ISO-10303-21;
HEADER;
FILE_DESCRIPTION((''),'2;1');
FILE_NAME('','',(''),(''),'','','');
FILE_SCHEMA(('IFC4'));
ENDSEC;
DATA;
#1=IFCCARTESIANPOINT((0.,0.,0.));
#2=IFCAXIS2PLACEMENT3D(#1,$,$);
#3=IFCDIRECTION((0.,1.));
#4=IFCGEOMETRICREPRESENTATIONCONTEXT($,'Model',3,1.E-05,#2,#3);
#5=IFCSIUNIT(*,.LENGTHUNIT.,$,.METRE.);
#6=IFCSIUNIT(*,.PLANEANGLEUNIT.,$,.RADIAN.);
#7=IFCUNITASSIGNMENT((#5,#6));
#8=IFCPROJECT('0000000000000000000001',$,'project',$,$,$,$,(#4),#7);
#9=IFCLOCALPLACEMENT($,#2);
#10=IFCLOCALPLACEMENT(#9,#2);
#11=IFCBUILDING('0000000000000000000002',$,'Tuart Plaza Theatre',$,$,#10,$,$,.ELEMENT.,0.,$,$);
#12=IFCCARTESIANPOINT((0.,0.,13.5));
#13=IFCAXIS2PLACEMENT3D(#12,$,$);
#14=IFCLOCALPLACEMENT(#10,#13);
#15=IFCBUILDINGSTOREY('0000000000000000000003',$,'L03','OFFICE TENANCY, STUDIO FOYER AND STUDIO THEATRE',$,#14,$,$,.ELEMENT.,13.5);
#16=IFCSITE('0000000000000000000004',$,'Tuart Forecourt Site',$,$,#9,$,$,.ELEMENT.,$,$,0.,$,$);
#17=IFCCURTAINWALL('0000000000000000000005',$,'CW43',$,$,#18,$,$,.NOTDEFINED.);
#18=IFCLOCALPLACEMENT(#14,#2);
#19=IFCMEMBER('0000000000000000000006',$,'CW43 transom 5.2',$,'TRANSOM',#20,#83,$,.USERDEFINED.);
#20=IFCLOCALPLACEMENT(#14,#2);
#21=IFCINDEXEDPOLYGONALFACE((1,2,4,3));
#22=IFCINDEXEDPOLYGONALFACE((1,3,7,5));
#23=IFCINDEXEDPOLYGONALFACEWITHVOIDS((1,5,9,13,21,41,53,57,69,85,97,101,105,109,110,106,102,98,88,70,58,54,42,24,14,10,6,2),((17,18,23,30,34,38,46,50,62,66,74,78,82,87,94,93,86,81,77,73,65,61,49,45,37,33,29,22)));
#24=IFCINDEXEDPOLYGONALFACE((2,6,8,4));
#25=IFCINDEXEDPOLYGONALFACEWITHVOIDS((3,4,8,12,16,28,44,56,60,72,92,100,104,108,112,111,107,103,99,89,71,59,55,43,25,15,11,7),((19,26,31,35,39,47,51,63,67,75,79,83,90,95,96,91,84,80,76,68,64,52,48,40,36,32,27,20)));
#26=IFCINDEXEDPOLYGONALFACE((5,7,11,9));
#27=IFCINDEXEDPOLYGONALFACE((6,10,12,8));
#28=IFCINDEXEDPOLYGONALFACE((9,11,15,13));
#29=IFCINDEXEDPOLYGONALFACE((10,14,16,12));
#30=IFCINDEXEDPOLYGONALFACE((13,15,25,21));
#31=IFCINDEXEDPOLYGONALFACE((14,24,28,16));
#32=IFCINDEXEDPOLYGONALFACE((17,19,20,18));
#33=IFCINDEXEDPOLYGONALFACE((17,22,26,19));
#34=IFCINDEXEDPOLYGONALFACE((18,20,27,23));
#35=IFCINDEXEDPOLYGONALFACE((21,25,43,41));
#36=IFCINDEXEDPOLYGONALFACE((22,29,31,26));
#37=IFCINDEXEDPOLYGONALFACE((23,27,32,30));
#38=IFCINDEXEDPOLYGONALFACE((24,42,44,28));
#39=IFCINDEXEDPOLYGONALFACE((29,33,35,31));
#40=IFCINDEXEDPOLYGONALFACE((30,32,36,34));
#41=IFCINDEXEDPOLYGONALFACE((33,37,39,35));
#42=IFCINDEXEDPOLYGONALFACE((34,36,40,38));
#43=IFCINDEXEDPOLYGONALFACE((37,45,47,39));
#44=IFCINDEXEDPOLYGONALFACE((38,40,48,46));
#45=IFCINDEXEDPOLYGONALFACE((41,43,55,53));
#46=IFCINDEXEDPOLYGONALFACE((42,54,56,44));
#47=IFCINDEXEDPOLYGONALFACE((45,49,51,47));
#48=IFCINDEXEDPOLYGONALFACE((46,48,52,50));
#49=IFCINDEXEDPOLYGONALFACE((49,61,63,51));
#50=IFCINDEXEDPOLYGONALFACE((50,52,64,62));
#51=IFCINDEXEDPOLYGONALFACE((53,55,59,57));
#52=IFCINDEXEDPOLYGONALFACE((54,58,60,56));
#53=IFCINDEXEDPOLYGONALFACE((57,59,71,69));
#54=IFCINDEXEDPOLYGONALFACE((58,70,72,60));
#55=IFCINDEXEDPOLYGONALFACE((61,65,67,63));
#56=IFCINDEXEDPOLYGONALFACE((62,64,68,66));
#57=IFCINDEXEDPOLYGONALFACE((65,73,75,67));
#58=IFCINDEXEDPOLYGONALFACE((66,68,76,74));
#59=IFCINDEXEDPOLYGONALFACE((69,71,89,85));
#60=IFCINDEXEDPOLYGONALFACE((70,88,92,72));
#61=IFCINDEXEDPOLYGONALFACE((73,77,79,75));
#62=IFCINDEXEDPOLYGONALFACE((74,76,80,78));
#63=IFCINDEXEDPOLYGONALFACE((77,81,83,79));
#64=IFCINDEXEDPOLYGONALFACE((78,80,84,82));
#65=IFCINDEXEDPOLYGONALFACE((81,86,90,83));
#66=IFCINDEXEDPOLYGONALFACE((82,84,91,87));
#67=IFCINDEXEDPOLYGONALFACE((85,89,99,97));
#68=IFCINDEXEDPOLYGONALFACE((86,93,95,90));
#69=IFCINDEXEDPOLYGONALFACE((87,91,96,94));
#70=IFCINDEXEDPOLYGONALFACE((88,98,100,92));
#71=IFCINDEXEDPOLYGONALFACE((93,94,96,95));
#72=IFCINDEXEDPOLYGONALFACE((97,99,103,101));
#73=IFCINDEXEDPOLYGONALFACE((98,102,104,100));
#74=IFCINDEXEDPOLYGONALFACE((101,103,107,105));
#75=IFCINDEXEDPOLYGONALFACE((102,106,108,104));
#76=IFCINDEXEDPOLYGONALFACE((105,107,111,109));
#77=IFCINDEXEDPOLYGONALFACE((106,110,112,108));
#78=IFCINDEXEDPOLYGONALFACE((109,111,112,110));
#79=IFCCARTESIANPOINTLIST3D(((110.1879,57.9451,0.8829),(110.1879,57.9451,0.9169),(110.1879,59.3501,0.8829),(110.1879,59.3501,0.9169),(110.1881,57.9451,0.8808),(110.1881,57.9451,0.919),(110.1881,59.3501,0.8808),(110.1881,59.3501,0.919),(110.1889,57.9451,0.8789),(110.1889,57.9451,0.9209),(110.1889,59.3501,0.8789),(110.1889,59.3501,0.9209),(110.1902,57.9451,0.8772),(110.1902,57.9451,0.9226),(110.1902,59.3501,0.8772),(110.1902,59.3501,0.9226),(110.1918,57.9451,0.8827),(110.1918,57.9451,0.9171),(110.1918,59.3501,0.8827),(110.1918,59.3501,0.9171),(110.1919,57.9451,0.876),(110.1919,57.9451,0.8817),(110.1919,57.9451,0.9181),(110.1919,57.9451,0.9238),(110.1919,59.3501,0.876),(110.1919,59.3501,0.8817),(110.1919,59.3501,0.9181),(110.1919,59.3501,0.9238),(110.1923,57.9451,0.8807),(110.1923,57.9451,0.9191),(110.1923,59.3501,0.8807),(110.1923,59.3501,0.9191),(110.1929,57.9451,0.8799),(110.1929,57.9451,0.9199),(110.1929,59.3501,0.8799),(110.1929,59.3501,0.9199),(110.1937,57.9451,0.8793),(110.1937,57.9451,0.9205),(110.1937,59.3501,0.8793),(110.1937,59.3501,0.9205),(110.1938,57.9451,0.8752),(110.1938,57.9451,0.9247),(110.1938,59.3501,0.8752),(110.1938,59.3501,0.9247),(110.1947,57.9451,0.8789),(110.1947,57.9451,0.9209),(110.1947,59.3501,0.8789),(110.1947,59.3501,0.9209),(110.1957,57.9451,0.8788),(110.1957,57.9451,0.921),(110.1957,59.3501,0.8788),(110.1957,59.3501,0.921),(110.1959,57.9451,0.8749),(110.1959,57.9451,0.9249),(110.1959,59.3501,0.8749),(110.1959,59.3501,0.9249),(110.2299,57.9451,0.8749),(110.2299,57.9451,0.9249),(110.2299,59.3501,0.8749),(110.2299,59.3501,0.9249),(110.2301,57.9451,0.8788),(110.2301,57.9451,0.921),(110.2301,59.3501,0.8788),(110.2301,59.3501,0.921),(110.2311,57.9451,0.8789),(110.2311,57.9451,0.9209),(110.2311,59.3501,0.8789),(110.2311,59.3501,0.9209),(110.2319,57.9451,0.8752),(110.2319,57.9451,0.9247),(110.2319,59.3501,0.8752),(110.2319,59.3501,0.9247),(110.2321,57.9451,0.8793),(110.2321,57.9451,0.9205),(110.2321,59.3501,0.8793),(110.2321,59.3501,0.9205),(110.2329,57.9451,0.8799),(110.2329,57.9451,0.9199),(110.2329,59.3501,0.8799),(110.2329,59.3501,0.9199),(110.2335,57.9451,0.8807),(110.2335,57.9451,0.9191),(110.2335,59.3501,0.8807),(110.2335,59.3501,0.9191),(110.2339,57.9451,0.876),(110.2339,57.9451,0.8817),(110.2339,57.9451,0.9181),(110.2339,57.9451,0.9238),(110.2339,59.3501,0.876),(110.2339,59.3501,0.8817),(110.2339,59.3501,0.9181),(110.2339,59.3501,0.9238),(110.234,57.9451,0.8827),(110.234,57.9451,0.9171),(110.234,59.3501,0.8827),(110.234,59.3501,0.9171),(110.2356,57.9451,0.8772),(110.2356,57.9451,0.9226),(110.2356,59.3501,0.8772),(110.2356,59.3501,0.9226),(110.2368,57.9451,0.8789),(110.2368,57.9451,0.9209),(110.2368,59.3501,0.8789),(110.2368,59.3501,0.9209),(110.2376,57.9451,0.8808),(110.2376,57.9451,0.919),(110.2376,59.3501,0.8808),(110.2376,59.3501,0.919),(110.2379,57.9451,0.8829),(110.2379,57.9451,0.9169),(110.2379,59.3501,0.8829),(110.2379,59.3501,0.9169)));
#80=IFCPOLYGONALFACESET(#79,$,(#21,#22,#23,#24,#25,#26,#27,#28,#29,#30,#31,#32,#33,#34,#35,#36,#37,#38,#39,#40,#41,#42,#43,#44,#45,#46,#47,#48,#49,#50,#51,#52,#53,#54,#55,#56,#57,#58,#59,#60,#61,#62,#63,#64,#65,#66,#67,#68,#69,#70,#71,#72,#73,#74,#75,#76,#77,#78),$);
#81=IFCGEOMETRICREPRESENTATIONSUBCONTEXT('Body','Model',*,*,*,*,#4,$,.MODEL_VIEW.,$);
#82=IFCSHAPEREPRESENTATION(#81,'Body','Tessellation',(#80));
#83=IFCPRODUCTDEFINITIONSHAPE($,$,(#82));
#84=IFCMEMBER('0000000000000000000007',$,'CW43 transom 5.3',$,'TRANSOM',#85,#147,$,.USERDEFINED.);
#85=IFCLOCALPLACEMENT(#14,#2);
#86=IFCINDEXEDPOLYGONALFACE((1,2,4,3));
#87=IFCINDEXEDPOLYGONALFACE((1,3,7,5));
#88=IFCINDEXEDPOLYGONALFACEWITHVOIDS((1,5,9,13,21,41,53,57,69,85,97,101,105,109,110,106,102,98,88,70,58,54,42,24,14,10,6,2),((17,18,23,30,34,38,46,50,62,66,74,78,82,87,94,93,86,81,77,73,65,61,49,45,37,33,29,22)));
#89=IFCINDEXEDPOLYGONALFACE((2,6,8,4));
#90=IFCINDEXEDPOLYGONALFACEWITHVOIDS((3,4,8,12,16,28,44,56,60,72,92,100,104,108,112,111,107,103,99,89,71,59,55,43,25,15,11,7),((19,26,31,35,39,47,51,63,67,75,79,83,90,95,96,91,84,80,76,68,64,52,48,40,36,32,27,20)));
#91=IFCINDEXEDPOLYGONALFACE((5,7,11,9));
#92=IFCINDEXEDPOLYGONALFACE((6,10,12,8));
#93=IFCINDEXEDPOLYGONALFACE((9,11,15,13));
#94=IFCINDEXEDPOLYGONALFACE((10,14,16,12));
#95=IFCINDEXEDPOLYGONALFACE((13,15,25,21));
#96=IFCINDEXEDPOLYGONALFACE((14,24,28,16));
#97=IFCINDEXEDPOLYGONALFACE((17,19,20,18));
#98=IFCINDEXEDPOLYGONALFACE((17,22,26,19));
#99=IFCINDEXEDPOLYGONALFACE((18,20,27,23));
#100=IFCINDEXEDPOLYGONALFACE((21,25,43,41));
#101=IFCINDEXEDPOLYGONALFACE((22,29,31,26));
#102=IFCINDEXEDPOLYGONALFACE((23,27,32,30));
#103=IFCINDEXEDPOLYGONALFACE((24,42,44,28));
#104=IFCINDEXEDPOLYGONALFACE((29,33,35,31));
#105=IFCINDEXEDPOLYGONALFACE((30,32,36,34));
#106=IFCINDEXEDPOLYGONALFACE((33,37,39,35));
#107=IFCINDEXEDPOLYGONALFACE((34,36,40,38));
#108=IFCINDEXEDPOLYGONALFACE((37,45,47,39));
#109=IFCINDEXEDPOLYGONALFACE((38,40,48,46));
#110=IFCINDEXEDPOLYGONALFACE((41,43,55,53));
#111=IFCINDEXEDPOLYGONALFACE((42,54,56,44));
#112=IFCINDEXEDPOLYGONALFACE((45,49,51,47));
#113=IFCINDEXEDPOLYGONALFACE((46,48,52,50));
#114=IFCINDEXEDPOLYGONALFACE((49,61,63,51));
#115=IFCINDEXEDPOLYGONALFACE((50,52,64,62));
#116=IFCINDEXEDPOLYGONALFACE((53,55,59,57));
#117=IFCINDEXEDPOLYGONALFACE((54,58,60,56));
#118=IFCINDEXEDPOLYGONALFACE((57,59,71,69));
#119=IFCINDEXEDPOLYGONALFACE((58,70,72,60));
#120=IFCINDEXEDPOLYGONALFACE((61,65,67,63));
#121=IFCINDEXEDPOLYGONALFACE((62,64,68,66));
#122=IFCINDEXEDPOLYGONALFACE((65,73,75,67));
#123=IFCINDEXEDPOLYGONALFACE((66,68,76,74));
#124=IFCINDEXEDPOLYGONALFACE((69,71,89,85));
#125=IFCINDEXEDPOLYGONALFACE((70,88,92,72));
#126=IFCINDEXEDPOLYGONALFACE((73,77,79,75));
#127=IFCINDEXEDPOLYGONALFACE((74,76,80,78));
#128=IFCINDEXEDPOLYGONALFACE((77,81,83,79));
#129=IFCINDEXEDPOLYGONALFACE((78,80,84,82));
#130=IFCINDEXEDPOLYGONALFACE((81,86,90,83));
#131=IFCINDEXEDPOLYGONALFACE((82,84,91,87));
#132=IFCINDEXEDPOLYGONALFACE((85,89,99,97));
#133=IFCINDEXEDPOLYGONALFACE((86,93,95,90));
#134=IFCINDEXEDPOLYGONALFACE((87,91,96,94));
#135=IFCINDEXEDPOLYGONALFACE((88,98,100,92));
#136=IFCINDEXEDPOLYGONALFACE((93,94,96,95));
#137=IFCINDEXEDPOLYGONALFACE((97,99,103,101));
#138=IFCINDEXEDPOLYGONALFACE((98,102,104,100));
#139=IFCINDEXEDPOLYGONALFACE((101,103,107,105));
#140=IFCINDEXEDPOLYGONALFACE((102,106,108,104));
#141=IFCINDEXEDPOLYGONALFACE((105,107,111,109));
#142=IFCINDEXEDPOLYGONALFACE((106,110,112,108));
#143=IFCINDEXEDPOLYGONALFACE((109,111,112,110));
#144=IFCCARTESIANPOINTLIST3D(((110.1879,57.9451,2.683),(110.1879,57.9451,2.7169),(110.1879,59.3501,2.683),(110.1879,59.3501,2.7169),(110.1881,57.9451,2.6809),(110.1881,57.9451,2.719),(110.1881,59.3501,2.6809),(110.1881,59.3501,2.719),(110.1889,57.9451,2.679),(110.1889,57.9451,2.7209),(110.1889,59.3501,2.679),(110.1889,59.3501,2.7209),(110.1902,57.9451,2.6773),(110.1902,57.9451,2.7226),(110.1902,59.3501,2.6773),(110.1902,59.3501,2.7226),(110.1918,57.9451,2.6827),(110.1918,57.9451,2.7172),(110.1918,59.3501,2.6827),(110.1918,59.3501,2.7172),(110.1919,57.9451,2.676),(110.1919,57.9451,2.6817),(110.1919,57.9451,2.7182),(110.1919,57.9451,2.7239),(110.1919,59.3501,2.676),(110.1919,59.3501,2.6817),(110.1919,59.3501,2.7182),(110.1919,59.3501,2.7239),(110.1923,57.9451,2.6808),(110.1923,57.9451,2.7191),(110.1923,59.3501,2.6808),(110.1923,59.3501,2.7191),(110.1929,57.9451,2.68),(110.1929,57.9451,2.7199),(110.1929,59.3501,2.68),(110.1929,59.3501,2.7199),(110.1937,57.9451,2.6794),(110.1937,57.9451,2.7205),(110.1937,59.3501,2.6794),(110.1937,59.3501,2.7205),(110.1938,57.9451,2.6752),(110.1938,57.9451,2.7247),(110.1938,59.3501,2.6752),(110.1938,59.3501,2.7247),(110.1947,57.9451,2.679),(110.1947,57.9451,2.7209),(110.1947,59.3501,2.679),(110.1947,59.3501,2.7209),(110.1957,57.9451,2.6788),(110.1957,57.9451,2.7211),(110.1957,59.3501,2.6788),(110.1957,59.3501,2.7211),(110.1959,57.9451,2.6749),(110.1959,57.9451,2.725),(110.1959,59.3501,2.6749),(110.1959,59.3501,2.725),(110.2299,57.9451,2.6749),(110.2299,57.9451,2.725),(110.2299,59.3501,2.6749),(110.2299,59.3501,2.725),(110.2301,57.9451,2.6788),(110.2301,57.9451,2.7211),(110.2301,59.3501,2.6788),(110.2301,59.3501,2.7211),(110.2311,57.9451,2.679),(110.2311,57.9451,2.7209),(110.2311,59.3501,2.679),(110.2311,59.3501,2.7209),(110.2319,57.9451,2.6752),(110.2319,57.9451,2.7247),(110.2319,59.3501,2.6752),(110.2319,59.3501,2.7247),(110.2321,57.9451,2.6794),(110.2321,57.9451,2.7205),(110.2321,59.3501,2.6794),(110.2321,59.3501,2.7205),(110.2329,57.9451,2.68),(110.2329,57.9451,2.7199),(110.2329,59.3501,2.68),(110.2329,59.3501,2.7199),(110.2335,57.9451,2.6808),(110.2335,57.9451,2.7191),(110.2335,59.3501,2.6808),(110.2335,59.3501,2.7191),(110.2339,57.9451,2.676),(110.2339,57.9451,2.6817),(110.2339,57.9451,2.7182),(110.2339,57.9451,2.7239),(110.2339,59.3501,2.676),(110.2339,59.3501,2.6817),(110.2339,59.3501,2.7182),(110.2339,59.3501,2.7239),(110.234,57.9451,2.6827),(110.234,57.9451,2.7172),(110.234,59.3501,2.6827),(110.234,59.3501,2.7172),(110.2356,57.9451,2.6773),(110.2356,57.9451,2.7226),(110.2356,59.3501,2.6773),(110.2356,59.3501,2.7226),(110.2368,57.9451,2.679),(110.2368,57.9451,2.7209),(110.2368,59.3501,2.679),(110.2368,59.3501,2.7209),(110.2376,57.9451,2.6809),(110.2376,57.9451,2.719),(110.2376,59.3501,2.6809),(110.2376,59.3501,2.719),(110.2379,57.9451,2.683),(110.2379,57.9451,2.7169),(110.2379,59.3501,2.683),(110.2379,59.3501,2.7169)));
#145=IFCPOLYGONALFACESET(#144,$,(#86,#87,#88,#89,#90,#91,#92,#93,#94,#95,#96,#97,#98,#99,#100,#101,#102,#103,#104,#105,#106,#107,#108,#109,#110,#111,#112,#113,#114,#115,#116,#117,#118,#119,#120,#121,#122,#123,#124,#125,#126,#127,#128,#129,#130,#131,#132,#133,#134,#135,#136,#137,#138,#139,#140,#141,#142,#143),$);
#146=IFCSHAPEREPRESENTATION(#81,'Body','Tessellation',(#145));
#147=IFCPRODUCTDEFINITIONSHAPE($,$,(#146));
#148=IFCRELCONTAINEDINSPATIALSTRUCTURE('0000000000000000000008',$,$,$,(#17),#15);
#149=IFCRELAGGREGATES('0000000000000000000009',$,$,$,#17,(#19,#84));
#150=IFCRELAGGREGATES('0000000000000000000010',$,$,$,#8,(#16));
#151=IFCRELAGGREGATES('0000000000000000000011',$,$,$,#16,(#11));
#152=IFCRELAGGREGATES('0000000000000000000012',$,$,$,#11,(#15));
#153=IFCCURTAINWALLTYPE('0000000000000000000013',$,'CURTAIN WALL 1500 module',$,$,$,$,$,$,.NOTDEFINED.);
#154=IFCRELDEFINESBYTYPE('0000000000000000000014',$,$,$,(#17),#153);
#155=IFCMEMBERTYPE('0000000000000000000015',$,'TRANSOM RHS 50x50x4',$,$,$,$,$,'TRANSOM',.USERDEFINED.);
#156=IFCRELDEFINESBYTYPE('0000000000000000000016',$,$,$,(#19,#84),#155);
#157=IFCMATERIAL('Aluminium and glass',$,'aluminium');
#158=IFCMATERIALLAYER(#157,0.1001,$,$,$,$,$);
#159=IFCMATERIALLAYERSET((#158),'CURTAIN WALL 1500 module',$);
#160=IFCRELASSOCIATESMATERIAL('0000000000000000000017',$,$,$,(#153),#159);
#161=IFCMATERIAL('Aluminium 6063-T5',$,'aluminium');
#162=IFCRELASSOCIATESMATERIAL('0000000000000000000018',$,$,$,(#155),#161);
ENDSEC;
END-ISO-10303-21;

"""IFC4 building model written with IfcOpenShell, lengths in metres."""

from ifc_helpers import new_model, si_unit, direction, frame, origin, origin_2d, place, context, subcontext, project, spatial, hollow_rectangle, extrude, material, layer, layer_set, material_profile, profile_set, type_object, element, aggregate, save


model = new_model("IFC4")

# Units and contexts
model_context = context("Model", 3, precision=1e-05, world=origin(), true_north=direction((0.0, 1.0)))
body_context = subcontext(model_context, "Body", "Model", "MODEL_VIEW")
ifc_project = project(units=[si_unit("LENGTHUNIT", "METRE"), si_unit("PLANEANGLEUNIT", "RADIAN")], contexts=[model_context])

# Site, building, storey
site_placement = place(None, origin())
site = spatial("IfcSite", under=ifc_project, at=site_placement, Name="Tuart Forecourt Site", CompositionType="ELEMENT", RefElevation=0.0)
building_placement = place(site_placement, origin())
building = spatial("IfcBuilding", under=site, at=building_placement, Name="Tuart Plaza Theatre", CompositionType="ELEMENT", ElevationOfRefHeight=0.0)
storey_placement = place(building_placement, frame((0.0, 0.0, 13.5)))
storey = spatial("IfcBuildingStorey", under=building, at=storey_placement, Name="L03", Description="OFFICE TENANCY, STUDIO FOYER AND STUDIO THEATRE", CompositionType="ELEMENT", Elevation=13.5)

# Curtain wall, members
ifc_material_1 = material(Name="Aluminium and glass", Category="aluminium")
ifc_layer_1 = layer(ifc_material_1, 0.1001)
ifc_layer_set_1 = layer_set([ifc_layer_1], Name="CURTAIN WALL 1500 module")
curtain_wall_type = type_object("IfcCurtainWallType", Name="CURTAIN WALL 1500 module", PredefinedType="NOTDEFINED", material=ifc_layer_set_1)
curtain_wall_placement = place(storey_placement, origin())
curtain_wall = element("IfcCurtainWall", 1, at=curtain_wall_placement, inside=storey, type_object=curtain_wall_type, Name="CW43", PredefinedType="NOTDEFINED")
ifc_material_2 = material(Name="Aluminium 6063-T5", Category="aluminium")
ifc_material_profile_1 = material_profile(ifc_material_2, hollow_rectangle(XDim=0.05, YDim=0.05, WallThickness=0.0039, InnerFilletRadius=0.0039, OuterFilletRadius=0.0081, at=origin_2d()), Name="RHS 50x50x4")
ifc_profile_set_1 = profile_set([ifc_material_profile_1], Name="Aluminium 6063-T5")
member_type = type_object("IfcMemberType", Name="TRANSOM RHS 50x50x4", ElementType="TRANSOM", PredefinedType="USERDEFINED", material=ifc_profile_set_1)
member_1_placement = place(storey_placement, frame((110.2129, 57.9451, 0.8999), z_axis=(0.0, 1.0, 0.0), x_axis=(-1.0, 0.0, 0.0)))
member_1 = element("IfcMember", 2, at=member_1_placement, type_object=member_type, Name="CW43 transom 5.2", ObjectType="TRANSOM", PredefinedType="USERDEFINED", context=body_context, shape_type="SweptSolid", body=[
    extrude(hollow_rectangle(XDim=0.05, YDim=0.05, WallThickness=0.0039, InnerFilletRadius=0.0039, OuterFilletRadius=0.0081, at=origin_2d()), origin(), (0.0, 0.0, 1.0), 1.405),
])
member_2_placement = place(storey_placement, frame((110.2129, 57.9451, 2.7), z_axis=(0.0, 1.0, 0.0), x_axis=(-1.0, 0.0, 0.0)))
member_2 = element("IfcMember", 3, at=member_2_placement, type_object=member_type, Name="CW43 transom 5.3", ObjectType="TRANSOM", PredefinedType="USERDEFINED", context=body_context, shape_type="SweptSolid", body=[
    extrude(hollow_rectangle(XDim=0.05, YDim=0.05, WallThickness=0.0039, InnerFilletRadius=0.0039, OuterFilletRadius=0.0081, at=origin_2d()), origin(), (0.0, 0.0, 1.0), 1.405),
])
aggregate(curtain_wall, [member_1, member_2])

save(model, "model.ifc")
